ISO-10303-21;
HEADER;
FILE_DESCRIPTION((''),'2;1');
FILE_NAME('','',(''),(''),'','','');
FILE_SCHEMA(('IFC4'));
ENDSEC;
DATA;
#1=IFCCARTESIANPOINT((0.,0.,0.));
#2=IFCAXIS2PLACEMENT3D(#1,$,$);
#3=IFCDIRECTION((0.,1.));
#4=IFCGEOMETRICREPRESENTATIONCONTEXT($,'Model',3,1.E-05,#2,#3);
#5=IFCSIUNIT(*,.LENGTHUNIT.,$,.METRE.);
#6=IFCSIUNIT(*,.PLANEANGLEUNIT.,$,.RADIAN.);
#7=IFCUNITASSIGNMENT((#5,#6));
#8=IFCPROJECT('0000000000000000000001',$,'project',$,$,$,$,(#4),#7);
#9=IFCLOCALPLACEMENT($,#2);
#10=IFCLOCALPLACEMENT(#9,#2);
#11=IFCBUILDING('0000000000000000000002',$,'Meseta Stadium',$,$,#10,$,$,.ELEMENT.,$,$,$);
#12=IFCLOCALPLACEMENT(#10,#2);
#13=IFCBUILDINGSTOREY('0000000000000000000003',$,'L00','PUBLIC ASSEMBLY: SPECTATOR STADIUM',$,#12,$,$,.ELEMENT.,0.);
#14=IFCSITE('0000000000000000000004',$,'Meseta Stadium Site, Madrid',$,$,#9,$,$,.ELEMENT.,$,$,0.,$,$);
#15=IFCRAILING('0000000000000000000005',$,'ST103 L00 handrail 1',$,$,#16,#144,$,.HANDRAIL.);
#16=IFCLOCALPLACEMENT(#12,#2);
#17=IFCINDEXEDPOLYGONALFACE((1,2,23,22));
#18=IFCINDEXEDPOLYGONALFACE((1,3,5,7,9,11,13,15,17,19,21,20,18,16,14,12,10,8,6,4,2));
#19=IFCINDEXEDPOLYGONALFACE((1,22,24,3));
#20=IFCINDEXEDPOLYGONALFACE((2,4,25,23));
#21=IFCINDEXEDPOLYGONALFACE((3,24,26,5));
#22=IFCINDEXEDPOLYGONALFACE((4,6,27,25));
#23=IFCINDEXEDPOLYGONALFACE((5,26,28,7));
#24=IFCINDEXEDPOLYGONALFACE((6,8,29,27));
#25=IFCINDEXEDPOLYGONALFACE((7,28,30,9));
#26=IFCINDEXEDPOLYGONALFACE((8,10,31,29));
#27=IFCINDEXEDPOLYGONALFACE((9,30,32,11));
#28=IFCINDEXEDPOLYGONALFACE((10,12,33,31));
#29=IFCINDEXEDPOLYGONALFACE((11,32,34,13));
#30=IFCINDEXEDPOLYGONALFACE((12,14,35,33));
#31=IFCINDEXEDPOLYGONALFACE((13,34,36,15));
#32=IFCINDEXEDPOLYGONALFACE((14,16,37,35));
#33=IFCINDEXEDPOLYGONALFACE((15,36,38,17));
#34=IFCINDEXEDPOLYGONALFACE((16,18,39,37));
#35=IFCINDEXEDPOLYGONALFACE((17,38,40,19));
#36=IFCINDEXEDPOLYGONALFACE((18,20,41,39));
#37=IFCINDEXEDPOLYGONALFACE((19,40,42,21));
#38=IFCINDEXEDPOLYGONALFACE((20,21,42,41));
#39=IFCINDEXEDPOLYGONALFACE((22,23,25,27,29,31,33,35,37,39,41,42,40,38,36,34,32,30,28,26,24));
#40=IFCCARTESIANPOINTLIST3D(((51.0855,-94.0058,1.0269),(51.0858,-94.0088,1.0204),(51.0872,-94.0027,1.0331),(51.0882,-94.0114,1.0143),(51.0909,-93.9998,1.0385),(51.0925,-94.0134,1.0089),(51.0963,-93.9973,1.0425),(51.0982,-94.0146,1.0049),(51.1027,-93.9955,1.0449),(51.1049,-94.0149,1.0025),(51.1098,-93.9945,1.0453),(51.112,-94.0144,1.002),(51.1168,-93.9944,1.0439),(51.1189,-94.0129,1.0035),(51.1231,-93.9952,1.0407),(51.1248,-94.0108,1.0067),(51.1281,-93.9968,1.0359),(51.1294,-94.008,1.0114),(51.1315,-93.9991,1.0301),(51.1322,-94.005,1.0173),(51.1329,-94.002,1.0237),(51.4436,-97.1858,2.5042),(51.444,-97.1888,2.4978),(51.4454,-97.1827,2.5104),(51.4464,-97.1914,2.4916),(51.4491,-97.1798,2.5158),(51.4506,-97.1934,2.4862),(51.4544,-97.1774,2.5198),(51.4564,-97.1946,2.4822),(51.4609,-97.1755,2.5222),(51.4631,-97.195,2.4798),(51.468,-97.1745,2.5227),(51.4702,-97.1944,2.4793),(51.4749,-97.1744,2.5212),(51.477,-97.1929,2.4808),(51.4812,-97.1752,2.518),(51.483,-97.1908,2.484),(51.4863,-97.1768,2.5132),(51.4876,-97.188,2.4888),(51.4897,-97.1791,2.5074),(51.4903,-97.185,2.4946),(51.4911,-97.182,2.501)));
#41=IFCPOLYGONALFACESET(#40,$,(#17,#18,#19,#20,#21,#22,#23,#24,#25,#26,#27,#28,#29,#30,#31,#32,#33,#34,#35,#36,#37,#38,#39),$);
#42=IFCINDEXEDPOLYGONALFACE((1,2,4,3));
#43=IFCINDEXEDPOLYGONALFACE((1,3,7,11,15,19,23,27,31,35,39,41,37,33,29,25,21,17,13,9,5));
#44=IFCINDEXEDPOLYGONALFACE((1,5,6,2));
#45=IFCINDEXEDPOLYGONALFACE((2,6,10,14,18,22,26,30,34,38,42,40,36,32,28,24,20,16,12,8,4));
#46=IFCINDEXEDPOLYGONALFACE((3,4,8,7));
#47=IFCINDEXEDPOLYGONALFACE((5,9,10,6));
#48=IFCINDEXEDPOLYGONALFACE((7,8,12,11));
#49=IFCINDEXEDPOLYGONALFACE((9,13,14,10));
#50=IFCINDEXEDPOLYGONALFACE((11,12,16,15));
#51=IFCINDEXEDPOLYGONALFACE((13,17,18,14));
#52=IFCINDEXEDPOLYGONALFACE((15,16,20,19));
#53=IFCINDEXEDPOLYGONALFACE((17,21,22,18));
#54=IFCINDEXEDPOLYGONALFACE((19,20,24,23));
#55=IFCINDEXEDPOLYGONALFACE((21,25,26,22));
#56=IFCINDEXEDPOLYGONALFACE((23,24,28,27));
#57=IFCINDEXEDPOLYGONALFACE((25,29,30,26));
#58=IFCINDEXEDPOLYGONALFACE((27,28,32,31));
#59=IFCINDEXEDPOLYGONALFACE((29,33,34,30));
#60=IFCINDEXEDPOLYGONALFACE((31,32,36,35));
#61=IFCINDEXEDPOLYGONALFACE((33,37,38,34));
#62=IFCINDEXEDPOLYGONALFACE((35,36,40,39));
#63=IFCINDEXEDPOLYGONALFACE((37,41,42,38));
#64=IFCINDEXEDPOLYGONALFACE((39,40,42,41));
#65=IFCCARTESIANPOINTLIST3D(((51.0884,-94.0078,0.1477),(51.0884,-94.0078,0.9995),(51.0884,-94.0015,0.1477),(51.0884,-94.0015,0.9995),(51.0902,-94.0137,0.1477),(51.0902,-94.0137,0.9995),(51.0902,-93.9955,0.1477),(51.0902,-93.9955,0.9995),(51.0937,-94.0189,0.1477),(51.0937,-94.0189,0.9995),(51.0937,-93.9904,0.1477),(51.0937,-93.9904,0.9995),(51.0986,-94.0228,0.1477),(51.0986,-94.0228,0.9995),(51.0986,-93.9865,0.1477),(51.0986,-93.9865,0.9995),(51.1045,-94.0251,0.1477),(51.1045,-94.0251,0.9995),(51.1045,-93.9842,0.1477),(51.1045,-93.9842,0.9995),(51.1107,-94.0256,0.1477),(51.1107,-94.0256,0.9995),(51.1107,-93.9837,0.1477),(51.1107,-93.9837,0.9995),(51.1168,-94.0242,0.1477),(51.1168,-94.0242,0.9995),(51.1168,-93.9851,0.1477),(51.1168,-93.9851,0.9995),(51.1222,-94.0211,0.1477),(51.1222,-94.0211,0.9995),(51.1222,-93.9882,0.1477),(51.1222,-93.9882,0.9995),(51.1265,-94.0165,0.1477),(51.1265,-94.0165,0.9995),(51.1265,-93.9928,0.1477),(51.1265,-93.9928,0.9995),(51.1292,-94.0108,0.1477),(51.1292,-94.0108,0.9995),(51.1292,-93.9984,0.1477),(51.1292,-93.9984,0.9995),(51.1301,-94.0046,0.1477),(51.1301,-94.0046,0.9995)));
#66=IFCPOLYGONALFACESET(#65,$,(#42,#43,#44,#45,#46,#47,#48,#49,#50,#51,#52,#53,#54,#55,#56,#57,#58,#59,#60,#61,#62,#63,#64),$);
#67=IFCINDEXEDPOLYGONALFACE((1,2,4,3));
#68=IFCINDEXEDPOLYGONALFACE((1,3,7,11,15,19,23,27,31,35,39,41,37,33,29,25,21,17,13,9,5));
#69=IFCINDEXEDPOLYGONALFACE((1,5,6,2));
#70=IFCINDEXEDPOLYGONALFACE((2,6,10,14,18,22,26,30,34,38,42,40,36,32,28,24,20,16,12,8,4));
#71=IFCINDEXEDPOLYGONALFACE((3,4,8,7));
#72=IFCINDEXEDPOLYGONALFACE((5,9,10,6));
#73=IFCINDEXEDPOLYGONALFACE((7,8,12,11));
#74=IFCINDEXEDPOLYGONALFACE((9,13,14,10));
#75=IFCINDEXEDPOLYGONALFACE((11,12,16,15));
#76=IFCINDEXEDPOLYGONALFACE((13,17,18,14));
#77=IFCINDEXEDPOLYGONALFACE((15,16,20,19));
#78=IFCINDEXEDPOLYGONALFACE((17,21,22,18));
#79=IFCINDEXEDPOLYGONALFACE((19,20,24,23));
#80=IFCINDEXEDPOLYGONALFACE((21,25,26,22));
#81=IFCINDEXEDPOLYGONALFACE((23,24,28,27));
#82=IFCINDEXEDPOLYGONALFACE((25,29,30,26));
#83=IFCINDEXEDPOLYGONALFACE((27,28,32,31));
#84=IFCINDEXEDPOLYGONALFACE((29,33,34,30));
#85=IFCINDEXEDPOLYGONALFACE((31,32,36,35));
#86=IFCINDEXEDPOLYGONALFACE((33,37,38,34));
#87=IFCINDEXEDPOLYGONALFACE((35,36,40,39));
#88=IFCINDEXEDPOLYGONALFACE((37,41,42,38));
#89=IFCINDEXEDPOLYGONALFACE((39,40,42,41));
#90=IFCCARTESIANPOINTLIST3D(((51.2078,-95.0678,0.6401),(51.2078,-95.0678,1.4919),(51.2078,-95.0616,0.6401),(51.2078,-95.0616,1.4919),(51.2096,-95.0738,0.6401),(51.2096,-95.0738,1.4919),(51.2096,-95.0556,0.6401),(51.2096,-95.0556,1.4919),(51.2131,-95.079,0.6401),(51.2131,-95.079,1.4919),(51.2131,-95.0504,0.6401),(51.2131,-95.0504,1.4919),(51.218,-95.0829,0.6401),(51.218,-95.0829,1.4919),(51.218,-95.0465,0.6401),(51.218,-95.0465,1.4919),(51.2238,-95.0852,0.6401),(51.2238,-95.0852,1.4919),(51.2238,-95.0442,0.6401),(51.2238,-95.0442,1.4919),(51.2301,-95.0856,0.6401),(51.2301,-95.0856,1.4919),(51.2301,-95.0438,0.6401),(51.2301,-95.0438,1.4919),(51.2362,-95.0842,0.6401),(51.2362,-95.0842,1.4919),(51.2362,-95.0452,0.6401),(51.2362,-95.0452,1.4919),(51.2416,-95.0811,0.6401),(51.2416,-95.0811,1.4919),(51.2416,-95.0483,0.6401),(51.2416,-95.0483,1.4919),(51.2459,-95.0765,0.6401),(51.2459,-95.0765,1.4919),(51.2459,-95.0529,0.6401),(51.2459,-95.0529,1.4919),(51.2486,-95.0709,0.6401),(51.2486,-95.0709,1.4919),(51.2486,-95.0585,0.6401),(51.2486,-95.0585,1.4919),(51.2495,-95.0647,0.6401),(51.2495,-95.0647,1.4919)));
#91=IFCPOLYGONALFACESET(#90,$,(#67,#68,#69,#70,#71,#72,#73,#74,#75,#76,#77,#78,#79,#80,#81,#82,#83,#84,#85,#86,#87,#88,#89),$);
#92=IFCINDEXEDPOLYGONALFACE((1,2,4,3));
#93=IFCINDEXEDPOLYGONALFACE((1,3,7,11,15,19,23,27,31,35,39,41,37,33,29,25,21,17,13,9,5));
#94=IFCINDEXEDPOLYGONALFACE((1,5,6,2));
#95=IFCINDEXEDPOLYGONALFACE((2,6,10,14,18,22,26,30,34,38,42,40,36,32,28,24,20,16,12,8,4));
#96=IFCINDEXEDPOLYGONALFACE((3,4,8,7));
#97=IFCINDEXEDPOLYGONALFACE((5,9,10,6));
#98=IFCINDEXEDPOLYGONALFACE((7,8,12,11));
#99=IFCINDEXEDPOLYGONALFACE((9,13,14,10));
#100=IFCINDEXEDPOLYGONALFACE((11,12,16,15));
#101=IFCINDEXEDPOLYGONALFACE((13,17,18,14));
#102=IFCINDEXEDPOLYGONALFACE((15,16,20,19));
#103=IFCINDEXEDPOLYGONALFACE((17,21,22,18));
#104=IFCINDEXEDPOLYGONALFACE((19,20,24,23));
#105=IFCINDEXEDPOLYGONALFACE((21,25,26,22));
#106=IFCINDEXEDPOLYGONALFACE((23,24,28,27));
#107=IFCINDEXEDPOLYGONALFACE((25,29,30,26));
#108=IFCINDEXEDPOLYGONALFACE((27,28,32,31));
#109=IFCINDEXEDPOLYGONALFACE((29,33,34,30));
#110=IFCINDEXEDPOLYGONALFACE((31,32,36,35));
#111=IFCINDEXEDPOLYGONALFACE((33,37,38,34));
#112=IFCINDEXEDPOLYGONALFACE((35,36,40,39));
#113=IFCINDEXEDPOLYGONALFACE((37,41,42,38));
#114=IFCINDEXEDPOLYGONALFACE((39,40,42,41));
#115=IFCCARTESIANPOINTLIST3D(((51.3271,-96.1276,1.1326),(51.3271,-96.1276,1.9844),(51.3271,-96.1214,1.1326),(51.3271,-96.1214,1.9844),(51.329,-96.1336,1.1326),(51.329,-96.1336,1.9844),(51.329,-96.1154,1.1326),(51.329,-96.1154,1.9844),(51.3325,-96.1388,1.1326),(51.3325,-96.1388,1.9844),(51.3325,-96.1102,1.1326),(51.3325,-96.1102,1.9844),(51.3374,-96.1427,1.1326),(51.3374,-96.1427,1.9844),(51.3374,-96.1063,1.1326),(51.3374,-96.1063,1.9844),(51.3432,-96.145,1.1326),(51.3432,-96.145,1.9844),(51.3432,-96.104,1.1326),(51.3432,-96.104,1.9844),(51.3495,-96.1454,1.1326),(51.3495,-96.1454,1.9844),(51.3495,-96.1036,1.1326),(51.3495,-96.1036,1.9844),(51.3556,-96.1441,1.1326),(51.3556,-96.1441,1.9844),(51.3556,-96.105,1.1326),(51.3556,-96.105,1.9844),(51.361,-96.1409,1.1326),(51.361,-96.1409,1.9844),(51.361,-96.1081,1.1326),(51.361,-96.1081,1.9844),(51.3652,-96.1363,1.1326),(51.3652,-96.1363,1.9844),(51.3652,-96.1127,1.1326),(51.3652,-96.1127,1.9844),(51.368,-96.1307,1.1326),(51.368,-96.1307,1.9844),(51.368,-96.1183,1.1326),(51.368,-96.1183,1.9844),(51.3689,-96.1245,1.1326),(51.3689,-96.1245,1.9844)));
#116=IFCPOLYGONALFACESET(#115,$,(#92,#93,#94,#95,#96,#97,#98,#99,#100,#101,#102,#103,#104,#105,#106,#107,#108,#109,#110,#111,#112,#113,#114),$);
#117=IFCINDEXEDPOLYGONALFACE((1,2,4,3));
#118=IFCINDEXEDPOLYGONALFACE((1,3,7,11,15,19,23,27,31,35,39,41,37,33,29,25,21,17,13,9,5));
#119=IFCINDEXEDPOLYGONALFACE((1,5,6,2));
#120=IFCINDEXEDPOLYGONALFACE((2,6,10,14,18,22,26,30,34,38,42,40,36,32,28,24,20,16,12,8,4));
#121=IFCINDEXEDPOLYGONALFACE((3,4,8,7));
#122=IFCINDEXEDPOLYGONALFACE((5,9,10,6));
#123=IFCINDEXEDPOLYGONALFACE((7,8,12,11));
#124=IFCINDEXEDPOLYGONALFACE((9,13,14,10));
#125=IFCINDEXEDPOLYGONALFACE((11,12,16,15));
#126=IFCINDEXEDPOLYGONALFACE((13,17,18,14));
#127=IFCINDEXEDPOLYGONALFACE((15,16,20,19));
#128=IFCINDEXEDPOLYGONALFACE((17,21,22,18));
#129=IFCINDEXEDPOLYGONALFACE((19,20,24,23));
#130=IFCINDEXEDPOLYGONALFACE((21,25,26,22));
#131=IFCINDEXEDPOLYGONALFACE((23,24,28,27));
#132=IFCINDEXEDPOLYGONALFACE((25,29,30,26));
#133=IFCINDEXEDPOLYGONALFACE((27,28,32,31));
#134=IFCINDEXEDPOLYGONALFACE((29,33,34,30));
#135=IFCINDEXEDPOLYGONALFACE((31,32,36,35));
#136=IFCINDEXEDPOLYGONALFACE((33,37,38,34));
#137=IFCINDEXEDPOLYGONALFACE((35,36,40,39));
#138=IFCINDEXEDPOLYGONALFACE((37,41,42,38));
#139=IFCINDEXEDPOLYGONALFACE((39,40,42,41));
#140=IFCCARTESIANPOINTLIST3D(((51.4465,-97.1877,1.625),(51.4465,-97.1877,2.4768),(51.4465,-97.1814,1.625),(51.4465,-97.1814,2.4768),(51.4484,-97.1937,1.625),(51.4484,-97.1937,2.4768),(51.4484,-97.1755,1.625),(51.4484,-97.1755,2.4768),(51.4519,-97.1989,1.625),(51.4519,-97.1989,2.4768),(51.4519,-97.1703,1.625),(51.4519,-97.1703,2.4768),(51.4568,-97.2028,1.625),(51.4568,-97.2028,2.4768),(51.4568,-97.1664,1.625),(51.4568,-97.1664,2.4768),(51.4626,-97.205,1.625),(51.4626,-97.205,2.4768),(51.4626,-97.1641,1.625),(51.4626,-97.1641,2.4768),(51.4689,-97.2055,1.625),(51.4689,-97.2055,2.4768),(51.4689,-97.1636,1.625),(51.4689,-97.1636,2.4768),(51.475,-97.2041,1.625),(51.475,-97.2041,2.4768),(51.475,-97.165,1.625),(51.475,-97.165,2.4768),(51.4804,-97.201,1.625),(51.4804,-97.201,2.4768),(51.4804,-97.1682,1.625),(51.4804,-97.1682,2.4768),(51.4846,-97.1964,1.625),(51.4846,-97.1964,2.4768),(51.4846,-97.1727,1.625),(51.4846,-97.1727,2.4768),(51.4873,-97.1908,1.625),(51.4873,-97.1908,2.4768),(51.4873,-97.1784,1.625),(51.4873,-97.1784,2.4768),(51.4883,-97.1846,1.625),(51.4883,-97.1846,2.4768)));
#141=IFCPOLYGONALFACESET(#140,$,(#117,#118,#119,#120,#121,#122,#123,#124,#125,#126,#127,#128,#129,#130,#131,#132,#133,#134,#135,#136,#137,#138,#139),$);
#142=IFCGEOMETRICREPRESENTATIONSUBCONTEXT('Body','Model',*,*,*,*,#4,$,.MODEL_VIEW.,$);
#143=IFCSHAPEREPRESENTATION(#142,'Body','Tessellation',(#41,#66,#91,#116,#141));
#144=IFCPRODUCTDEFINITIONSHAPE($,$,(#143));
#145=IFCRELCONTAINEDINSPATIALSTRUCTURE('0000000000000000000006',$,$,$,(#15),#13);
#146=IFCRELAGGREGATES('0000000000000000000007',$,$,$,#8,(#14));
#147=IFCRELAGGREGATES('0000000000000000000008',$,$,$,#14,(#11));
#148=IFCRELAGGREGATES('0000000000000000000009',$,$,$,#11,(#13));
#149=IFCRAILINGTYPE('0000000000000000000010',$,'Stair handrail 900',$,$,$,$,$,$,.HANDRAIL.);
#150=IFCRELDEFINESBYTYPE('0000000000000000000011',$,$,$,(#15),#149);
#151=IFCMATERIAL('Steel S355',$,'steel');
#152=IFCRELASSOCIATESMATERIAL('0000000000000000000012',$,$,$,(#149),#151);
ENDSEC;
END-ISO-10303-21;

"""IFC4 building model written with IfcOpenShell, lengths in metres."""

from ifc_helpers import new_model, si_unit, direction, frame, origin, origin_2d, place, context, subcontext, project, spatial, circle, extrude, material, type_object, element, save


model = new_model("IFC4")

# Units and contexts
model_context = context("Model", 3, precision=1e-05, world=origin(), true_north=direction((0.0, 1.0)))
body_context = subcontext(model_context, "Body", "Model", "MODEL_VIEW")
ifc_project = project(units=[si_unit("LENGTHUNIT", "METRE"), si_unit("PLANEANGLEUNIT", "RADIAN")], contexts=[model_context])

# Site, building, storey
site_placement = place(None, origin())
site = spatial("IfcSite", under=ifc_project, at=site_placement, Name="Meseta Stadium Site, Madrid", CompositionType="ELEMENT", RefElevation=0.0)
building_placement = place(site_placement, origin())
building = spatial("IfcBuilding", under=site, at=building_placement, Name="Meseta Stadium", CompositionType="ELEMENT")
storey_placement = place(building_placement, origin())
storey = spatial("IfcBuildingStorey", under=building, at=storey_placement, Name="L00", Description="PUBLIC ASSEMBLY: SPECTATOR STADIUM", CompositionType="ELEMENT", Elevation=0.0)

# Railing
ifc_material_1 = material(Name="Steel S355", Category="steel")
railing_type_1 = type_object("IfcRailingType", Name="Stair handrail 900", PredefinedType="HANDRAIL", material=ifc_material_1)
for number, where, name in (
    (1, (51.1091, -94.0046, 0.1477), "ST103 L00 handrail 1"),
):
    element("IfcRailing", number, at=place(storey_placement, frame(where)), inside=storey, type_object=railing_type_1, Name=name, PredefinedType="HANDRAIL", context=body_context, shape_type="SweptSolid", body=[
        extrude(circle(Radius=0.0239, at=origin_2d()), frame((0.0, 0.0, 0.876), z_axis=(0.101616, -0.902217, 0.419141), x_axis=(0.993717, 0.111922, 0.0)), (0.0, 0.0, 1.0), 3.5247),
        extrude(circle(Radius=0.021, at=origin_2d()), origin(), (0.0, 0.0, 1.0), 0.8518),
        extrude(circle(Radius=0.021, at=origin_2d()), frame((0.1194, -1.0601, 0.4924)), (0.0, 0.0, 1.0), 0.8518),
        extrude(circle(Radius=0.021, at=origin_2d()), frame((0.2388, -2.1199, 0.9849)), (0.0, 0.0, 1.0), 0.8518),
        extrude(circle(Radius=0.021, at=origin_2d()), frame((0.3582, -3.1799, 1.4773)), (0.0, 0.0, 1.0), 0.8518),
    ])

save(model, "model.ifc")
